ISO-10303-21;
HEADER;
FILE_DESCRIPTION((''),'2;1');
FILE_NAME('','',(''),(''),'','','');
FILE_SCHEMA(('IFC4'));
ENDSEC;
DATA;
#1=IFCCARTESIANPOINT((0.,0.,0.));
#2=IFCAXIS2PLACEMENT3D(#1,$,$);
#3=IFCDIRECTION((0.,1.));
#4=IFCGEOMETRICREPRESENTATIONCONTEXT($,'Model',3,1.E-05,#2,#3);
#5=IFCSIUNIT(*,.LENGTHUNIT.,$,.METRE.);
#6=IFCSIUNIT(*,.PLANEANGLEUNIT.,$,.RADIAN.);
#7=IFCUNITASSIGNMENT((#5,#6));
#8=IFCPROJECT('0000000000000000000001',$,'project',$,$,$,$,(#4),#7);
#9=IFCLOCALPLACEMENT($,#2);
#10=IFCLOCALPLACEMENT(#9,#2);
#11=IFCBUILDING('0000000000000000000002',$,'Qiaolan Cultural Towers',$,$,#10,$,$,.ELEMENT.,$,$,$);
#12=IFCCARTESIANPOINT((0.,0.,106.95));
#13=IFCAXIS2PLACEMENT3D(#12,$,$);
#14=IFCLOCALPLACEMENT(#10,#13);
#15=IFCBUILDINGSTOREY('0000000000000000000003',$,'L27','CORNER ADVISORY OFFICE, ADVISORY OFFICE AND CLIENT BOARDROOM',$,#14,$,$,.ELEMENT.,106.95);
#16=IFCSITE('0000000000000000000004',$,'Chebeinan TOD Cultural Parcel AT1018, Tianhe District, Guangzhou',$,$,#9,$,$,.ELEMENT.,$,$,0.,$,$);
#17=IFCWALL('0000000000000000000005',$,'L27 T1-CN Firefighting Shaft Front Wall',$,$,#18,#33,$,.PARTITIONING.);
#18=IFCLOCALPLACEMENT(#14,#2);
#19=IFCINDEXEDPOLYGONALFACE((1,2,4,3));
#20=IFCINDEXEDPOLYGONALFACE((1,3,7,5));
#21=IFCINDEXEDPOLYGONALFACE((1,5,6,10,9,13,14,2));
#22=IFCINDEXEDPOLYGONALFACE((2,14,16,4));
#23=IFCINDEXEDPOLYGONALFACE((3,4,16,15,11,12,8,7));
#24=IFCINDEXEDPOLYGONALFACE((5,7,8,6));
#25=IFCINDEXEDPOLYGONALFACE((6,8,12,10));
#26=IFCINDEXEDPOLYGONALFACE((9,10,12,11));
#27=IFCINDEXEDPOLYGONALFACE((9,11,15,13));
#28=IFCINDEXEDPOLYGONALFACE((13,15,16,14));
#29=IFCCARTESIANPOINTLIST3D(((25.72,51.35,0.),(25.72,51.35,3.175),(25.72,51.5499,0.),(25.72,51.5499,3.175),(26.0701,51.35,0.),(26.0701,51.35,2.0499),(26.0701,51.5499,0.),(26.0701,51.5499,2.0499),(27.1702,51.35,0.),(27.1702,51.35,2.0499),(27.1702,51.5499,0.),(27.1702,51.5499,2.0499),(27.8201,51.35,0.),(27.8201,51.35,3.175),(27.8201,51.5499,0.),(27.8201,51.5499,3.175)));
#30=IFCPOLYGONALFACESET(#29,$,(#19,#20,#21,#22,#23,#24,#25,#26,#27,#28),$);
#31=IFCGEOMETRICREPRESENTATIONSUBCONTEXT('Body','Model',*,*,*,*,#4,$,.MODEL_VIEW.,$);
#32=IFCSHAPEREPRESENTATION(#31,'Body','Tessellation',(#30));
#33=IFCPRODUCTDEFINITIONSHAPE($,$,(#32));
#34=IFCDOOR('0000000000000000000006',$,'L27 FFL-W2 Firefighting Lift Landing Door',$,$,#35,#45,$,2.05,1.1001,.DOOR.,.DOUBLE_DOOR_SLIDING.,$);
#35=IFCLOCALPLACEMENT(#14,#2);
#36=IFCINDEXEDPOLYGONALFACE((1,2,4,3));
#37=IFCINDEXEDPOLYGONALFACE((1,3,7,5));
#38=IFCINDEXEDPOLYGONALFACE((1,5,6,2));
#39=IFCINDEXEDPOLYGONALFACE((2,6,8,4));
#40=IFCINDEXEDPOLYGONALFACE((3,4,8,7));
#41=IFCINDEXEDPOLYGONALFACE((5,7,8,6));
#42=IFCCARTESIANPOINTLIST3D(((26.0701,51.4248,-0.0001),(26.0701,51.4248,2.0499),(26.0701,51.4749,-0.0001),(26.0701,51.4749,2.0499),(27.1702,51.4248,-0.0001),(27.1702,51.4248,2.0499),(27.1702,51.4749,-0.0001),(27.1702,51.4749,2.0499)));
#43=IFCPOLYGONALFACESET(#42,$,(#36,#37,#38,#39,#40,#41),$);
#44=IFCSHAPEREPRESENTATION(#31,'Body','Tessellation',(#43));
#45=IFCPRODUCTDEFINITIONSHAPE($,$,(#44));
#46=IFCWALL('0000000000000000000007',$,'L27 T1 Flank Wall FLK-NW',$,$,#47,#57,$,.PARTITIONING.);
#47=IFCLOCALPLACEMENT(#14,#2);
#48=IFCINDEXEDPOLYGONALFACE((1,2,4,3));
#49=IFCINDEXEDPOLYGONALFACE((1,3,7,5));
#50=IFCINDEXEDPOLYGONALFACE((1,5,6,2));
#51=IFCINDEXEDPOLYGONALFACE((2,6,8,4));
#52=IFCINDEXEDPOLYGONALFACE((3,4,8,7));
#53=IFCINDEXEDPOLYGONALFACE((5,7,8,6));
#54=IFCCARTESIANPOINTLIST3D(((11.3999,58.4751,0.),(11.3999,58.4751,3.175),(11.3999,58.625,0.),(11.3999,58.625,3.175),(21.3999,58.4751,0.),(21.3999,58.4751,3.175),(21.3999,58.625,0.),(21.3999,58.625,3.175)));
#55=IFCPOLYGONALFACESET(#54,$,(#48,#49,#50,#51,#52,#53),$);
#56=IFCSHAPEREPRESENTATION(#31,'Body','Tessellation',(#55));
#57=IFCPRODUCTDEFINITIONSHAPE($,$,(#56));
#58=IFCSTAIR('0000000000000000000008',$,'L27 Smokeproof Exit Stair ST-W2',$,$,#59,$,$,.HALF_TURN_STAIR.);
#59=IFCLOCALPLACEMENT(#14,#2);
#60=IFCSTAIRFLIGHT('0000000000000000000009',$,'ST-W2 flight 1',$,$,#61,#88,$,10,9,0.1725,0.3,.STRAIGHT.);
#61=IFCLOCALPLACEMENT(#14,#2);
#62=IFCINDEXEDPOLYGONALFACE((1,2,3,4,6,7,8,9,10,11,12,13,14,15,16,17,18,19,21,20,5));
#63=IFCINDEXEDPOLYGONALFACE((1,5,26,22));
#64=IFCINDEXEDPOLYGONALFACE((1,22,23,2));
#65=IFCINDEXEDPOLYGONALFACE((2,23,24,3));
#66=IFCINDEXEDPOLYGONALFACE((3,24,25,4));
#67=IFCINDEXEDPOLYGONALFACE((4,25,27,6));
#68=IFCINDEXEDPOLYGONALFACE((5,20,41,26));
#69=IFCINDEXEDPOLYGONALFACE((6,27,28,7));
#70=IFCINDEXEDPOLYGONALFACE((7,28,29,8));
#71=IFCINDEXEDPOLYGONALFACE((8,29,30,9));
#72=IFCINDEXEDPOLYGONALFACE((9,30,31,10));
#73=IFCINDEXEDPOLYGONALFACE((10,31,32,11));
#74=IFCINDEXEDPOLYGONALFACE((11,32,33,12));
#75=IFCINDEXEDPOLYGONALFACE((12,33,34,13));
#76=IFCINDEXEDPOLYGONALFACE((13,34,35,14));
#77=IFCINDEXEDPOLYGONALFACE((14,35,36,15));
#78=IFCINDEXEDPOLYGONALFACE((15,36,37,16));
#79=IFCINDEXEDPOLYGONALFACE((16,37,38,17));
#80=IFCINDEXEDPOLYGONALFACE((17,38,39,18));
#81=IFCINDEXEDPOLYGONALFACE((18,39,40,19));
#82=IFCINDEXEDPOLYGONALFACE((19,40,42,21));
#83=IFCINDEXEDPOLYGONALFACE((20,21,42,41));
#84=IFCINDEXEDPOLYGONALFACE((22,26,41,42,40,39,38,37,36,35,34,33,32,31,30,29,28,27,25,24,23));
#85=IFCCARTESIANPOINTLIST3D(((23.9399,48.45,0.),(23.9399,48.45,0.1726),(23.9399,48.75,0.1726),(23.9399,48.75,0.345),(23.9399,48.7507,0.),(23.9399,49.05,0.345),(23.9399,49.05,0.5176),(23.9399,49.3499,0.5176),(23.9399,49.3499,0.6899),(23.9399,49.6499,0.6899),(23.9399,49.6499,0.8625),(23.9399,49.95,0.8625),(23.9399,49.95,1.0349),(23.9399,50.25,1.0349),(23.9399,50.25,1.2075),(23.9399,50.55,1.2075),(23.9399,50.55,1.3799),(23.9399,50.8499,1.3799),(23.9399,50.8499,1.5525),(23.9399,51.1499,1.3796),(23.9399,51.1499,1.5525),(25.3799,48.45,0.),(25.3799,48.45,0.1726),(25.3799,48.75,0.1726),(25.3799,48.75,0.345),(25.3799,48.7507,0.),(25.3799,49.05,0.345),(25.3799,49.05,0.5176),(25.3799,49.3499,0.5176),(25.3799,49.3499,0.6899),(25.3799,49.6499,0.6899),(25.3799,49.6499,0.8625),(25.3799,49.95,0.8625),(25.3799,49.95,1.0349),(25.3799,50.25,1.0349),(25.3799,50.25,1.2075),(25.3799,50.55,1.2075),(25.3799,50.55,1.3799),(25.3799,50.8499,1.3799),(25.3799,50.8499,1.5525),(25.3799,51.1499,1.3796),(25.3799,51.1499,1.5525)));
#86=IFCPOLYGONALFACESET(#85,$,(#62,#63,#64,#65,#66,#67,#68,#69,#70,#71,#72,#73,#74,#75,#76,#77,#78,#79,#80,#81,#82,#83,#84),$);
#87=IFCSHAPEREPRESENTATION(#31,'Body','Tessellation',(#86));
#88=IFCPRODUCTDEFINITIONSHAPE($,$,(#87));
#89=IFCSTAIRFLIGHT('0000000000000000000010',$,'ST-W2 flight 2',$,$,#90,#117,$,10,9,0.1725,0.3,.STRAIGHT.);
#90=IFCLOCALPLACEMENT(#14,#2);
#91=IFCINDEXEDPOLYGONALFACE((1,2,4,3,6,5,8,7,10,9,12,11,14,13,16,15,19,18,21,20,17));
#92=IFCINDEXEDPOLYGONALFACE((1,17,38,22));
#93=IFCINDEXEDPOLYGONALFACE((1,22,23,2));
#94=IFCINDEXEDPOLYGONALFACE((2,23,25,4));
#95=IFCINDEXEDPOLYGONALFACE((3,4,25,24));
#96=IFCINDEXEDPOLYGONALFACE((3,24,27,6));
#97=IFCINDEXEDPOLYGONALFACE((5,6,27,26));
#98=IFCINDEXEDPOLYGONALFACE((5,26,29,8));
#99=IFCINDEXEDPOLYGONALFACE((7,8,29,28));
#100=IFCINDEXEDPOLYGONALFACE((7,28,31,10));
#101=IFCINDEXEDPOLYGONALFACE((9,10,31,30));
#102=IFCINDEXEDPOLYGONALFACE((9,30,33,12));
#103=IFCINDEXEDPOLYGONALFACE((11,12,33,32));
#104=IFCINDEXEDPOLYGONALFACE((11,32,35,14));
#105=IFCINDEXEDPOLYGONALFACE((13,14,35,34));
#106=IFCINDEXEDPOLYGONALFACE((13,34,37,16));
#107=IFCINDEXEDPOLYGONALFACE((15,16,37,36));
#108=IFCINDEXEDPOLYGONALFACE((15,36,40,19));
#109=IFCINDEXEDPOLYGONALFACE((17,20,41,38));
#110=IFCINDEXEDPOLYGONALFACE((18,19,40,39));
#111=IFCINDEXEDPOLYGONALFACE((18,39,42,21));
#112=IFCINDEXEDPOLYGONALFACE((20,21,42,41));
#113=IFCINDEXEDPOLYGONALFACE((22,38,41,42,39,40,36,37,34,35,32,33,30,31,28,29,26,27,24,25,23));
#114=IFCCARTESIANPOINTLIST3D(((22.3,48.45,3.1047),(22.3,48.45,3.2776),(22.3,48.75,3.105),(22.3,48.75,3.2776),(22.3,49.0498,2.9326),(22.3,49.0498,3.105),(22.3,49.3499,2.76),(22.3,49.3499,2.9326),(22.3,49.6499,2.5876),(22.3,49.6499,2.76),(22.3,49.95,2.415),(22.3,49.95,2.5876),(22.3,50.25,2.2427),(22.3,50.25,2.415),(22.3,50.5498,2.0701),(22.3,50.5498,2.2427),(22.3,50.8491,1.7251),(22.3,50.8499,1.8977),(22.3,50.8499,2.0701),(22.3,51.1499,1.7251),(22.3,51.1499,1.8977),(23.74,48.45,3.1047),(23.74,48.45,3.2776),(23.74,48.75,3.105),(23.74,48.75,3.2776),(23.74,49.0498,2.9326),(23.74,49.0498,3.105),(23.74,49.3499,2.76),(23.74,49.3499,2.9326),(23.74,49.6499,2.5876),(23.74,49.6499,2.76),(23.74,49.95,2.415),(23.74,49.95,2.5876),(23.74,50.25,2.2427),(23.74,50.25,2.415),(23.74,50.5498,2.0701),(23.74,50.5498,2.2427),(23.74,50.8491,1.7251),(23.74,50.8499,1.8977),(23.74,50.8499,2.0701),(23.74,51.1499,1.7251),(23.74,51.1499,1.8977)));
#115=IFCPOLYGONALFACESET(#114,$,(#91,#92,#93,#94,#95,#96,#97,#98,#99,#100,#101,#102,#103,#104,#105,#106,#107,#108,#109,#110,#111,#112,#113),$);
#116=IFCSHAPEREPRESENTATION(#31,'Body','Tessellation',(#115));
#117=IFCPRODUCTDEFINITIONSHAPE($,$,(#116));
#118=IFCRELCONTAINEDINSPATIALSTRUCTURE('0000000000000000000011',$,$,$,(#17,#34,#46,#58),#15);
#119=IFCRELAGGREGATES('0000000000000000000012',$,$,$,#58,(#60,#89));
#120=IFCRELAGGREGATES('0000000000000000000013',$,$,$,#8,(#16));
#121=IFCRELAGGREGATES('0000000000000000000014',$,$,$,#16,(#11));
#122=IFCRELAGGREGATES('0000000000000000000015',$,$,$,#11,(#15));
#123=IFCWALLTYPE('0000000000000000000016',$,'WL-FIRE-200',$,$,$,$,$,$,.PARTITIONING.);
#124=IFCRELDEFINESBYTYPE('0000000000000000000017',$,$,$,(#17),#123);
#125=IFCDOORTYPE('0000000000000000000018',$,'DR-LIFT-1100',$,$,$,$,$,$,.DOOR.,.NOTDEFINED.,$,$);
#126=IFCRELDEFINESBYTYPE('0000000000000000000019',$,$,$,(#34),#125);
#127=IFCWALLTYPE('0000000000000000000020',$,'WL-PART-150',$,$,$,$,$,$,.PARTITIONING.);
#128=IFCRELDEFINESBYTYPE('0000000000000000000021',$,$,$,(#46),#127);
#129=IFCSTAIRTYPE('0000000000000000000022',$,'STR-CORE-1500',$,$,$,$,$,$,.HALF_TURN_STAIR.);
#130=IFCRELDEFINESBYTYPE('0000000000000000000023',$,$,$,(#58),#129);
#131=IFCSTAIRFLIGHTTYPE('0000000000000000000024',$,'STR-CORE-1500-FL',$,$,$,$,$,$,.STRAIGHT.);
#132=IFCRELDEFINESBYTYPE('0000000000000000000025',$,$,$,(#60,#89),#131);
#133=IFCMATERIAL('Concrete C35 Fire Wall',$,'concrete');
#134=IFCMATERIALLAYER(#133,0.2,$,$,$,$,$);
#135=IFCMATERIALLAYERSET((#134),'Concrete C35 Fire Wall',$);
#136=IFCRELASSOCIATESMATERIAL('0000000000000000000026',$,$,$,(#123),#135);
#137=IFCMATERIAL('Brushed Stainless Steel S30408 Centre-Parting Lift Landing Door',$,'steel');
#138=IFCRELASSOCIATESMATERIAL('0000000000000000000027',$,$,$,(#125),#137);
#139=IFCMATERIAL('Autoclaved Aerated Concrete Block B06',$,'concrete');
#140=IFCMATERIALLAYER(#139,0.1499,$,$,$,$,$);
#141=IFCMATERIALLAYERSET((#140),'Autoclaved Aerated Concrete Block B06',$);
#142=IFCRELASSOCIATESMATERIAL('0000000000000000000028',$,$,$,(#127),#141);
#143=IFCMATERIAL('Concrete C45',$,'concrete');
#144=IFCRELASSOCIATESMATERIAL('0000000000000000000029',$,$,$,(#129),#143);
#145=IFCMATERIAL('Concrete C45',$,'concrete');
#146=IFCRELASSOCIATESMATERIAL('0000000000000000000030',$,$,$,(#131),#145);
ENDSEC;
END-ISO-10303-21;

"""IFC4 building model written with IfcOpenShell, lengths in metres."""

from ifc_helpers import new_model, si_unit, direction, frame, frame_2d, origin, place, context, subcontext, project, spatial, polyline, rectangle, outline, extrude, material, layer, layer_set, type_object, element, fill, aggregate, save


model = new_model("IFC4")

# Units and contexts
model_context = context("Model", 3, precision=1e-05, world=origin(), true_north=direction((0.0, 1.0)))
body_context = subcontext(model_context, "Body", "Model", "MODEL_VIEW")
ifc_project = project(units=[si_unit("LENGTHUNIT", "METRE"), si_unit("PLANEANGLEUNIT", "RADIAN")], contexts=[model_context])

# Site, building, storey
site_placement = place(None, origin())
site = spatial("IfcSite", under=ifc_project, at=site_placement, Name="Chebeinan TOD Cultural Parcel AT1018, Tianhe District, Guangzhou", CompositionType="ELEMENT", RefElevation=0.0)
building_placement = place(site_placement, origin())
building = spatial("IfcBuilding", under=site, at=building_placement, Name="Qiaolan Cultural Towers", CompositionType="ELEMENT")
storey_placement = place(building_placement, frame((0.0, 0.0, 106.95)))
storey = spatial("IfcBuildingStorey", under=building, at=storey_placement, Name="L27", Description="CORNER ADVISORY OFFICE, ADVISORY OFFICE AND CLIENT BOARDROOM", CompositionType="ELEMENT", Elevation=106.95)

# Wall, opening, door
ifc_material_1 = material(Name="Concrete C35 Fire Wall", Category="concrete")
ifc_layer_1 = layer(ifc_material_1, 0.2)
ifc_layer_set_1 = layer_set([ifc_layer_1], Name="Concrete C35 Fire Wall")
wall_type_1 = type_object("IfcWallType", Name="WL-FIRE-200", PredefinedType="PARTITIONING", material=ifc_layer_set_1)
wall_1_placement = place(storey_placement, frame((25.72, 51.45, 0.0), z_axis=(0.0, 0.0, 1.0), x_axis=(1.0, 0.0, 0.0)))
wall_1 = element("IfcWall", 1, at=wall_1_placement, inside=storey, type_object=wall_type_1, Name="L27 T1-CN Firefighting Shaft Front Wall", PredefinedType="PARTITIONING", context=body_context, shape_type="SweptSolid", body=[
    extrude(rectangle(XDim=2.1001, YDim=0.2, at=frame_2d((1.05, 0.0))), origin(), (0.0, 0.0, 1.0), 3.175),
])
opening_placement = place(wall_1_placement, frame((0.3501, 0.0, 0.0)))
opening = element("IfcOpeningElement", 2, at=opening_placement, cuts=wall_1, PredefinedType="OPENING", context=body_context, shape_type="SweptSolid", body=[
    extrude(rectangle(XDim=1.1001, YDim=2.05, at=frame_2d((0.55, 1.0249))), frame((0.0, 0.1099, 0.0), z_axis=(0.0, -1.0, 0.0), x_axis=(1.0, 0.0, 0.0)), (0.0, 0.0, 1.0), 0.22),
])
ifc_material_2 = material(Name="Brushed Stainless Steel S30408 Centre-Parting Lift Landing Door", Category="steel")
door_type = type_object("IfcDoorType", Name="DR-LIFT-1100", OperationType="NOTDEFINED", PredefinedType="DOOR", material=ifc_material_2)
door_placement = place(opening_placement, origin())
door = element("IfcDoor", 3, at=door_placement, inside=storey, type_object=door_type, Name="L27 FFL-W2 Firefighting Lift Landing Door", OperationType="DOUBLE_DOOR_SLIDING", OverallHeight=2.05, OverallWidth=1.1001, PredefinedType="DOOR", context=body_context, shape_type="SweptSolid", body=[
    extrude(rectangle(XDim=1.1001, YDim=2.05, at=frame_2d((0.55, 1.0249))), frame((0.0, 0.0249, 0.0), z_axis=(0.0, -1.0, 0.0), x_axis=(1.0, 0.0, 0.0)), (0.0, 0.0, 1.0), 0.05),
])
fill(opening, door)

# Wall
ifc_material_3 = material(Name="Autoclaved Aerated Concrete Block B06", Category="concrete")
ifc_layer_2 = layer(ifc_material_3, 0.1499)
ifc_layer_set_2 = layer_set([ifc_layer_2], Name="Autoclaved Aerated Concrete Block B06")
wall_type_2 = type_object("IfcWallType", Name="WL-PART-150", PredefinedType="PARTITIONING", material=ifc_layer_set_2)
wall_2_placement = place(storey_placement, frame((11.3999, 58.55, 0.0), z_axis=(0.0, 0.0, 1.0), x_axis=(1.0, 0.0, 0.0)))
element("IfcWall", 4, at=wall_2_placement, inside=storey, type_object=wall_type_2, Name="L27 T1 Flank Wall FLK-NW", PredefinedType="PARTITIONING", context=body_context, shape_type="SweptSolid", body=[
    extrude(rectangle(XDim=10.0, YDim=0.1499, at=frame_2d((5.0, 0.0))), origin(), (0.0, 0.0, 1.0), 3.175),
])

# Stair, stair flights
ifc_material_4 = material(Name="Concrete C45", Category="concrete")
stair_type = type_object("IfcStairType", Name="STR-CORE-1500", PredefinedType="HALF_TURN_STAIR", material=ifc_material_4)
stair_placement = place(storey_placement, origin())
stair = element("IfcStair", 5, at=stair_placement, inside=storey, type_object=stair_type, Name="L27 Smokeproof Exit Stair ST-W2", PredefinedType="HALF_TURN_STAIR")
ifc_material_5 = material(Name="Concrete C45", Category="concrete")
stair_flight_type = type_object("IfcStairFlightType", Name="STR-CORE-1500-FL", PredefinedType="STRAIGHT", material=ifc_material_5)
stair_flight_1_placement = place(storey_placement, frame((24.6599, 48.45, 0.0), z_axis=(0.0, 0.0, 1.0), x_axis=(0.0, 1.0, 0.0)))
stair_flight_1 = element("IfcStairFlight", 6, at=stair_flight_1_placement, type_object=stair_flight_type, Name="ST-W2 flight 1", NumberOfRisers=10, NumberOfTreads=9, PredefinedType="STRAIGHT", RiserHeight=0.1725, TreadLength=0.3, context=body_context, shape_type="SweptSolid", body=[
    extrude(outline(polyline([(0.0, 0.0), (0.0, 0.1726), (0.3, 0.1726), (0.3, 0.345), (0.6001, 0.345), (0.6001, 0.5176), (0.8999, 0.5176), (0.8999, 0.6899), (1.2, 0.6899), (1.2, 0.8625), (1.5, 0.8625), (1.5, 1.0349), (1.8, 1.0349), (1.8, 1.2075), (2.1001, 1.2075), (2.1001, 1.3799), (2.3999, 1.3799), (2.3999, 1.5525), (2.7, 1.5525), (2.7, 1.7251), (2.7, 1.3796), (0.3008, 0.0), (0.0, 0.0)])), frame((0.0, 0.72, 0.0), z_axis=(0.0, -1.0, 0.0), x_axis=(1.0, 0.0, 0.0)), (0.0, 0.0, 1.0), 1.4399),
])
stair_flight_2_placement = place(storey_placement, frame((23.02, 51.1499, 1.7251), z_axis=(0.0, 0.0, 1.0), x_axis=(0.0, -1.0, 0.0)))
stair_flight_2 = element("IfcStairFlight", 7, at=stair_flight_2_placement, type_object=stair_flight_type, Name="ST-W2 flight 2", NumberOfRisers=10, NumberOfTreads=9, PredefinedType="STRAIGHT", RiserHeight=0.1725, TreadLength=0.3, context=body_context, shape_type="SweptSolid", body=[
    extrude(outline(polyline([(0.0, 0.0), (0.0, 0.1726), (0.3, 0.1726), (0.3, 0.345), (0.6001, 0.345), (0.6001, 0.5176), (0.8999, 0.5176), (0.8999, 0.6899), (1.2, 0.6899), (1.2, 0.8625), (1.5, 0.8625), (1.5, 1.0349), (1.8, 1.0349), (1.8, 1.2075), (2.1001, 1.2075), (2.1001, 1.3799), (2.3999, 1.3799), (2.3999, 1.5525), (2.7, 1.5525), (2.7, 1.7251), (2.7, 1.3796), (0.3008, 0.0), (0.0, 0.0)])), frame((0.0, 0.72, 0.0), z_axis=(0.0, -1.0, 0.0), x_axis=(1.0, 0.0, 0.0)), (0.0, 0.0, 1.0), 1.4399),
])
aggregate(stair, [stair_flight_1, stair_flight_2])

save(model, "model.ifc")
